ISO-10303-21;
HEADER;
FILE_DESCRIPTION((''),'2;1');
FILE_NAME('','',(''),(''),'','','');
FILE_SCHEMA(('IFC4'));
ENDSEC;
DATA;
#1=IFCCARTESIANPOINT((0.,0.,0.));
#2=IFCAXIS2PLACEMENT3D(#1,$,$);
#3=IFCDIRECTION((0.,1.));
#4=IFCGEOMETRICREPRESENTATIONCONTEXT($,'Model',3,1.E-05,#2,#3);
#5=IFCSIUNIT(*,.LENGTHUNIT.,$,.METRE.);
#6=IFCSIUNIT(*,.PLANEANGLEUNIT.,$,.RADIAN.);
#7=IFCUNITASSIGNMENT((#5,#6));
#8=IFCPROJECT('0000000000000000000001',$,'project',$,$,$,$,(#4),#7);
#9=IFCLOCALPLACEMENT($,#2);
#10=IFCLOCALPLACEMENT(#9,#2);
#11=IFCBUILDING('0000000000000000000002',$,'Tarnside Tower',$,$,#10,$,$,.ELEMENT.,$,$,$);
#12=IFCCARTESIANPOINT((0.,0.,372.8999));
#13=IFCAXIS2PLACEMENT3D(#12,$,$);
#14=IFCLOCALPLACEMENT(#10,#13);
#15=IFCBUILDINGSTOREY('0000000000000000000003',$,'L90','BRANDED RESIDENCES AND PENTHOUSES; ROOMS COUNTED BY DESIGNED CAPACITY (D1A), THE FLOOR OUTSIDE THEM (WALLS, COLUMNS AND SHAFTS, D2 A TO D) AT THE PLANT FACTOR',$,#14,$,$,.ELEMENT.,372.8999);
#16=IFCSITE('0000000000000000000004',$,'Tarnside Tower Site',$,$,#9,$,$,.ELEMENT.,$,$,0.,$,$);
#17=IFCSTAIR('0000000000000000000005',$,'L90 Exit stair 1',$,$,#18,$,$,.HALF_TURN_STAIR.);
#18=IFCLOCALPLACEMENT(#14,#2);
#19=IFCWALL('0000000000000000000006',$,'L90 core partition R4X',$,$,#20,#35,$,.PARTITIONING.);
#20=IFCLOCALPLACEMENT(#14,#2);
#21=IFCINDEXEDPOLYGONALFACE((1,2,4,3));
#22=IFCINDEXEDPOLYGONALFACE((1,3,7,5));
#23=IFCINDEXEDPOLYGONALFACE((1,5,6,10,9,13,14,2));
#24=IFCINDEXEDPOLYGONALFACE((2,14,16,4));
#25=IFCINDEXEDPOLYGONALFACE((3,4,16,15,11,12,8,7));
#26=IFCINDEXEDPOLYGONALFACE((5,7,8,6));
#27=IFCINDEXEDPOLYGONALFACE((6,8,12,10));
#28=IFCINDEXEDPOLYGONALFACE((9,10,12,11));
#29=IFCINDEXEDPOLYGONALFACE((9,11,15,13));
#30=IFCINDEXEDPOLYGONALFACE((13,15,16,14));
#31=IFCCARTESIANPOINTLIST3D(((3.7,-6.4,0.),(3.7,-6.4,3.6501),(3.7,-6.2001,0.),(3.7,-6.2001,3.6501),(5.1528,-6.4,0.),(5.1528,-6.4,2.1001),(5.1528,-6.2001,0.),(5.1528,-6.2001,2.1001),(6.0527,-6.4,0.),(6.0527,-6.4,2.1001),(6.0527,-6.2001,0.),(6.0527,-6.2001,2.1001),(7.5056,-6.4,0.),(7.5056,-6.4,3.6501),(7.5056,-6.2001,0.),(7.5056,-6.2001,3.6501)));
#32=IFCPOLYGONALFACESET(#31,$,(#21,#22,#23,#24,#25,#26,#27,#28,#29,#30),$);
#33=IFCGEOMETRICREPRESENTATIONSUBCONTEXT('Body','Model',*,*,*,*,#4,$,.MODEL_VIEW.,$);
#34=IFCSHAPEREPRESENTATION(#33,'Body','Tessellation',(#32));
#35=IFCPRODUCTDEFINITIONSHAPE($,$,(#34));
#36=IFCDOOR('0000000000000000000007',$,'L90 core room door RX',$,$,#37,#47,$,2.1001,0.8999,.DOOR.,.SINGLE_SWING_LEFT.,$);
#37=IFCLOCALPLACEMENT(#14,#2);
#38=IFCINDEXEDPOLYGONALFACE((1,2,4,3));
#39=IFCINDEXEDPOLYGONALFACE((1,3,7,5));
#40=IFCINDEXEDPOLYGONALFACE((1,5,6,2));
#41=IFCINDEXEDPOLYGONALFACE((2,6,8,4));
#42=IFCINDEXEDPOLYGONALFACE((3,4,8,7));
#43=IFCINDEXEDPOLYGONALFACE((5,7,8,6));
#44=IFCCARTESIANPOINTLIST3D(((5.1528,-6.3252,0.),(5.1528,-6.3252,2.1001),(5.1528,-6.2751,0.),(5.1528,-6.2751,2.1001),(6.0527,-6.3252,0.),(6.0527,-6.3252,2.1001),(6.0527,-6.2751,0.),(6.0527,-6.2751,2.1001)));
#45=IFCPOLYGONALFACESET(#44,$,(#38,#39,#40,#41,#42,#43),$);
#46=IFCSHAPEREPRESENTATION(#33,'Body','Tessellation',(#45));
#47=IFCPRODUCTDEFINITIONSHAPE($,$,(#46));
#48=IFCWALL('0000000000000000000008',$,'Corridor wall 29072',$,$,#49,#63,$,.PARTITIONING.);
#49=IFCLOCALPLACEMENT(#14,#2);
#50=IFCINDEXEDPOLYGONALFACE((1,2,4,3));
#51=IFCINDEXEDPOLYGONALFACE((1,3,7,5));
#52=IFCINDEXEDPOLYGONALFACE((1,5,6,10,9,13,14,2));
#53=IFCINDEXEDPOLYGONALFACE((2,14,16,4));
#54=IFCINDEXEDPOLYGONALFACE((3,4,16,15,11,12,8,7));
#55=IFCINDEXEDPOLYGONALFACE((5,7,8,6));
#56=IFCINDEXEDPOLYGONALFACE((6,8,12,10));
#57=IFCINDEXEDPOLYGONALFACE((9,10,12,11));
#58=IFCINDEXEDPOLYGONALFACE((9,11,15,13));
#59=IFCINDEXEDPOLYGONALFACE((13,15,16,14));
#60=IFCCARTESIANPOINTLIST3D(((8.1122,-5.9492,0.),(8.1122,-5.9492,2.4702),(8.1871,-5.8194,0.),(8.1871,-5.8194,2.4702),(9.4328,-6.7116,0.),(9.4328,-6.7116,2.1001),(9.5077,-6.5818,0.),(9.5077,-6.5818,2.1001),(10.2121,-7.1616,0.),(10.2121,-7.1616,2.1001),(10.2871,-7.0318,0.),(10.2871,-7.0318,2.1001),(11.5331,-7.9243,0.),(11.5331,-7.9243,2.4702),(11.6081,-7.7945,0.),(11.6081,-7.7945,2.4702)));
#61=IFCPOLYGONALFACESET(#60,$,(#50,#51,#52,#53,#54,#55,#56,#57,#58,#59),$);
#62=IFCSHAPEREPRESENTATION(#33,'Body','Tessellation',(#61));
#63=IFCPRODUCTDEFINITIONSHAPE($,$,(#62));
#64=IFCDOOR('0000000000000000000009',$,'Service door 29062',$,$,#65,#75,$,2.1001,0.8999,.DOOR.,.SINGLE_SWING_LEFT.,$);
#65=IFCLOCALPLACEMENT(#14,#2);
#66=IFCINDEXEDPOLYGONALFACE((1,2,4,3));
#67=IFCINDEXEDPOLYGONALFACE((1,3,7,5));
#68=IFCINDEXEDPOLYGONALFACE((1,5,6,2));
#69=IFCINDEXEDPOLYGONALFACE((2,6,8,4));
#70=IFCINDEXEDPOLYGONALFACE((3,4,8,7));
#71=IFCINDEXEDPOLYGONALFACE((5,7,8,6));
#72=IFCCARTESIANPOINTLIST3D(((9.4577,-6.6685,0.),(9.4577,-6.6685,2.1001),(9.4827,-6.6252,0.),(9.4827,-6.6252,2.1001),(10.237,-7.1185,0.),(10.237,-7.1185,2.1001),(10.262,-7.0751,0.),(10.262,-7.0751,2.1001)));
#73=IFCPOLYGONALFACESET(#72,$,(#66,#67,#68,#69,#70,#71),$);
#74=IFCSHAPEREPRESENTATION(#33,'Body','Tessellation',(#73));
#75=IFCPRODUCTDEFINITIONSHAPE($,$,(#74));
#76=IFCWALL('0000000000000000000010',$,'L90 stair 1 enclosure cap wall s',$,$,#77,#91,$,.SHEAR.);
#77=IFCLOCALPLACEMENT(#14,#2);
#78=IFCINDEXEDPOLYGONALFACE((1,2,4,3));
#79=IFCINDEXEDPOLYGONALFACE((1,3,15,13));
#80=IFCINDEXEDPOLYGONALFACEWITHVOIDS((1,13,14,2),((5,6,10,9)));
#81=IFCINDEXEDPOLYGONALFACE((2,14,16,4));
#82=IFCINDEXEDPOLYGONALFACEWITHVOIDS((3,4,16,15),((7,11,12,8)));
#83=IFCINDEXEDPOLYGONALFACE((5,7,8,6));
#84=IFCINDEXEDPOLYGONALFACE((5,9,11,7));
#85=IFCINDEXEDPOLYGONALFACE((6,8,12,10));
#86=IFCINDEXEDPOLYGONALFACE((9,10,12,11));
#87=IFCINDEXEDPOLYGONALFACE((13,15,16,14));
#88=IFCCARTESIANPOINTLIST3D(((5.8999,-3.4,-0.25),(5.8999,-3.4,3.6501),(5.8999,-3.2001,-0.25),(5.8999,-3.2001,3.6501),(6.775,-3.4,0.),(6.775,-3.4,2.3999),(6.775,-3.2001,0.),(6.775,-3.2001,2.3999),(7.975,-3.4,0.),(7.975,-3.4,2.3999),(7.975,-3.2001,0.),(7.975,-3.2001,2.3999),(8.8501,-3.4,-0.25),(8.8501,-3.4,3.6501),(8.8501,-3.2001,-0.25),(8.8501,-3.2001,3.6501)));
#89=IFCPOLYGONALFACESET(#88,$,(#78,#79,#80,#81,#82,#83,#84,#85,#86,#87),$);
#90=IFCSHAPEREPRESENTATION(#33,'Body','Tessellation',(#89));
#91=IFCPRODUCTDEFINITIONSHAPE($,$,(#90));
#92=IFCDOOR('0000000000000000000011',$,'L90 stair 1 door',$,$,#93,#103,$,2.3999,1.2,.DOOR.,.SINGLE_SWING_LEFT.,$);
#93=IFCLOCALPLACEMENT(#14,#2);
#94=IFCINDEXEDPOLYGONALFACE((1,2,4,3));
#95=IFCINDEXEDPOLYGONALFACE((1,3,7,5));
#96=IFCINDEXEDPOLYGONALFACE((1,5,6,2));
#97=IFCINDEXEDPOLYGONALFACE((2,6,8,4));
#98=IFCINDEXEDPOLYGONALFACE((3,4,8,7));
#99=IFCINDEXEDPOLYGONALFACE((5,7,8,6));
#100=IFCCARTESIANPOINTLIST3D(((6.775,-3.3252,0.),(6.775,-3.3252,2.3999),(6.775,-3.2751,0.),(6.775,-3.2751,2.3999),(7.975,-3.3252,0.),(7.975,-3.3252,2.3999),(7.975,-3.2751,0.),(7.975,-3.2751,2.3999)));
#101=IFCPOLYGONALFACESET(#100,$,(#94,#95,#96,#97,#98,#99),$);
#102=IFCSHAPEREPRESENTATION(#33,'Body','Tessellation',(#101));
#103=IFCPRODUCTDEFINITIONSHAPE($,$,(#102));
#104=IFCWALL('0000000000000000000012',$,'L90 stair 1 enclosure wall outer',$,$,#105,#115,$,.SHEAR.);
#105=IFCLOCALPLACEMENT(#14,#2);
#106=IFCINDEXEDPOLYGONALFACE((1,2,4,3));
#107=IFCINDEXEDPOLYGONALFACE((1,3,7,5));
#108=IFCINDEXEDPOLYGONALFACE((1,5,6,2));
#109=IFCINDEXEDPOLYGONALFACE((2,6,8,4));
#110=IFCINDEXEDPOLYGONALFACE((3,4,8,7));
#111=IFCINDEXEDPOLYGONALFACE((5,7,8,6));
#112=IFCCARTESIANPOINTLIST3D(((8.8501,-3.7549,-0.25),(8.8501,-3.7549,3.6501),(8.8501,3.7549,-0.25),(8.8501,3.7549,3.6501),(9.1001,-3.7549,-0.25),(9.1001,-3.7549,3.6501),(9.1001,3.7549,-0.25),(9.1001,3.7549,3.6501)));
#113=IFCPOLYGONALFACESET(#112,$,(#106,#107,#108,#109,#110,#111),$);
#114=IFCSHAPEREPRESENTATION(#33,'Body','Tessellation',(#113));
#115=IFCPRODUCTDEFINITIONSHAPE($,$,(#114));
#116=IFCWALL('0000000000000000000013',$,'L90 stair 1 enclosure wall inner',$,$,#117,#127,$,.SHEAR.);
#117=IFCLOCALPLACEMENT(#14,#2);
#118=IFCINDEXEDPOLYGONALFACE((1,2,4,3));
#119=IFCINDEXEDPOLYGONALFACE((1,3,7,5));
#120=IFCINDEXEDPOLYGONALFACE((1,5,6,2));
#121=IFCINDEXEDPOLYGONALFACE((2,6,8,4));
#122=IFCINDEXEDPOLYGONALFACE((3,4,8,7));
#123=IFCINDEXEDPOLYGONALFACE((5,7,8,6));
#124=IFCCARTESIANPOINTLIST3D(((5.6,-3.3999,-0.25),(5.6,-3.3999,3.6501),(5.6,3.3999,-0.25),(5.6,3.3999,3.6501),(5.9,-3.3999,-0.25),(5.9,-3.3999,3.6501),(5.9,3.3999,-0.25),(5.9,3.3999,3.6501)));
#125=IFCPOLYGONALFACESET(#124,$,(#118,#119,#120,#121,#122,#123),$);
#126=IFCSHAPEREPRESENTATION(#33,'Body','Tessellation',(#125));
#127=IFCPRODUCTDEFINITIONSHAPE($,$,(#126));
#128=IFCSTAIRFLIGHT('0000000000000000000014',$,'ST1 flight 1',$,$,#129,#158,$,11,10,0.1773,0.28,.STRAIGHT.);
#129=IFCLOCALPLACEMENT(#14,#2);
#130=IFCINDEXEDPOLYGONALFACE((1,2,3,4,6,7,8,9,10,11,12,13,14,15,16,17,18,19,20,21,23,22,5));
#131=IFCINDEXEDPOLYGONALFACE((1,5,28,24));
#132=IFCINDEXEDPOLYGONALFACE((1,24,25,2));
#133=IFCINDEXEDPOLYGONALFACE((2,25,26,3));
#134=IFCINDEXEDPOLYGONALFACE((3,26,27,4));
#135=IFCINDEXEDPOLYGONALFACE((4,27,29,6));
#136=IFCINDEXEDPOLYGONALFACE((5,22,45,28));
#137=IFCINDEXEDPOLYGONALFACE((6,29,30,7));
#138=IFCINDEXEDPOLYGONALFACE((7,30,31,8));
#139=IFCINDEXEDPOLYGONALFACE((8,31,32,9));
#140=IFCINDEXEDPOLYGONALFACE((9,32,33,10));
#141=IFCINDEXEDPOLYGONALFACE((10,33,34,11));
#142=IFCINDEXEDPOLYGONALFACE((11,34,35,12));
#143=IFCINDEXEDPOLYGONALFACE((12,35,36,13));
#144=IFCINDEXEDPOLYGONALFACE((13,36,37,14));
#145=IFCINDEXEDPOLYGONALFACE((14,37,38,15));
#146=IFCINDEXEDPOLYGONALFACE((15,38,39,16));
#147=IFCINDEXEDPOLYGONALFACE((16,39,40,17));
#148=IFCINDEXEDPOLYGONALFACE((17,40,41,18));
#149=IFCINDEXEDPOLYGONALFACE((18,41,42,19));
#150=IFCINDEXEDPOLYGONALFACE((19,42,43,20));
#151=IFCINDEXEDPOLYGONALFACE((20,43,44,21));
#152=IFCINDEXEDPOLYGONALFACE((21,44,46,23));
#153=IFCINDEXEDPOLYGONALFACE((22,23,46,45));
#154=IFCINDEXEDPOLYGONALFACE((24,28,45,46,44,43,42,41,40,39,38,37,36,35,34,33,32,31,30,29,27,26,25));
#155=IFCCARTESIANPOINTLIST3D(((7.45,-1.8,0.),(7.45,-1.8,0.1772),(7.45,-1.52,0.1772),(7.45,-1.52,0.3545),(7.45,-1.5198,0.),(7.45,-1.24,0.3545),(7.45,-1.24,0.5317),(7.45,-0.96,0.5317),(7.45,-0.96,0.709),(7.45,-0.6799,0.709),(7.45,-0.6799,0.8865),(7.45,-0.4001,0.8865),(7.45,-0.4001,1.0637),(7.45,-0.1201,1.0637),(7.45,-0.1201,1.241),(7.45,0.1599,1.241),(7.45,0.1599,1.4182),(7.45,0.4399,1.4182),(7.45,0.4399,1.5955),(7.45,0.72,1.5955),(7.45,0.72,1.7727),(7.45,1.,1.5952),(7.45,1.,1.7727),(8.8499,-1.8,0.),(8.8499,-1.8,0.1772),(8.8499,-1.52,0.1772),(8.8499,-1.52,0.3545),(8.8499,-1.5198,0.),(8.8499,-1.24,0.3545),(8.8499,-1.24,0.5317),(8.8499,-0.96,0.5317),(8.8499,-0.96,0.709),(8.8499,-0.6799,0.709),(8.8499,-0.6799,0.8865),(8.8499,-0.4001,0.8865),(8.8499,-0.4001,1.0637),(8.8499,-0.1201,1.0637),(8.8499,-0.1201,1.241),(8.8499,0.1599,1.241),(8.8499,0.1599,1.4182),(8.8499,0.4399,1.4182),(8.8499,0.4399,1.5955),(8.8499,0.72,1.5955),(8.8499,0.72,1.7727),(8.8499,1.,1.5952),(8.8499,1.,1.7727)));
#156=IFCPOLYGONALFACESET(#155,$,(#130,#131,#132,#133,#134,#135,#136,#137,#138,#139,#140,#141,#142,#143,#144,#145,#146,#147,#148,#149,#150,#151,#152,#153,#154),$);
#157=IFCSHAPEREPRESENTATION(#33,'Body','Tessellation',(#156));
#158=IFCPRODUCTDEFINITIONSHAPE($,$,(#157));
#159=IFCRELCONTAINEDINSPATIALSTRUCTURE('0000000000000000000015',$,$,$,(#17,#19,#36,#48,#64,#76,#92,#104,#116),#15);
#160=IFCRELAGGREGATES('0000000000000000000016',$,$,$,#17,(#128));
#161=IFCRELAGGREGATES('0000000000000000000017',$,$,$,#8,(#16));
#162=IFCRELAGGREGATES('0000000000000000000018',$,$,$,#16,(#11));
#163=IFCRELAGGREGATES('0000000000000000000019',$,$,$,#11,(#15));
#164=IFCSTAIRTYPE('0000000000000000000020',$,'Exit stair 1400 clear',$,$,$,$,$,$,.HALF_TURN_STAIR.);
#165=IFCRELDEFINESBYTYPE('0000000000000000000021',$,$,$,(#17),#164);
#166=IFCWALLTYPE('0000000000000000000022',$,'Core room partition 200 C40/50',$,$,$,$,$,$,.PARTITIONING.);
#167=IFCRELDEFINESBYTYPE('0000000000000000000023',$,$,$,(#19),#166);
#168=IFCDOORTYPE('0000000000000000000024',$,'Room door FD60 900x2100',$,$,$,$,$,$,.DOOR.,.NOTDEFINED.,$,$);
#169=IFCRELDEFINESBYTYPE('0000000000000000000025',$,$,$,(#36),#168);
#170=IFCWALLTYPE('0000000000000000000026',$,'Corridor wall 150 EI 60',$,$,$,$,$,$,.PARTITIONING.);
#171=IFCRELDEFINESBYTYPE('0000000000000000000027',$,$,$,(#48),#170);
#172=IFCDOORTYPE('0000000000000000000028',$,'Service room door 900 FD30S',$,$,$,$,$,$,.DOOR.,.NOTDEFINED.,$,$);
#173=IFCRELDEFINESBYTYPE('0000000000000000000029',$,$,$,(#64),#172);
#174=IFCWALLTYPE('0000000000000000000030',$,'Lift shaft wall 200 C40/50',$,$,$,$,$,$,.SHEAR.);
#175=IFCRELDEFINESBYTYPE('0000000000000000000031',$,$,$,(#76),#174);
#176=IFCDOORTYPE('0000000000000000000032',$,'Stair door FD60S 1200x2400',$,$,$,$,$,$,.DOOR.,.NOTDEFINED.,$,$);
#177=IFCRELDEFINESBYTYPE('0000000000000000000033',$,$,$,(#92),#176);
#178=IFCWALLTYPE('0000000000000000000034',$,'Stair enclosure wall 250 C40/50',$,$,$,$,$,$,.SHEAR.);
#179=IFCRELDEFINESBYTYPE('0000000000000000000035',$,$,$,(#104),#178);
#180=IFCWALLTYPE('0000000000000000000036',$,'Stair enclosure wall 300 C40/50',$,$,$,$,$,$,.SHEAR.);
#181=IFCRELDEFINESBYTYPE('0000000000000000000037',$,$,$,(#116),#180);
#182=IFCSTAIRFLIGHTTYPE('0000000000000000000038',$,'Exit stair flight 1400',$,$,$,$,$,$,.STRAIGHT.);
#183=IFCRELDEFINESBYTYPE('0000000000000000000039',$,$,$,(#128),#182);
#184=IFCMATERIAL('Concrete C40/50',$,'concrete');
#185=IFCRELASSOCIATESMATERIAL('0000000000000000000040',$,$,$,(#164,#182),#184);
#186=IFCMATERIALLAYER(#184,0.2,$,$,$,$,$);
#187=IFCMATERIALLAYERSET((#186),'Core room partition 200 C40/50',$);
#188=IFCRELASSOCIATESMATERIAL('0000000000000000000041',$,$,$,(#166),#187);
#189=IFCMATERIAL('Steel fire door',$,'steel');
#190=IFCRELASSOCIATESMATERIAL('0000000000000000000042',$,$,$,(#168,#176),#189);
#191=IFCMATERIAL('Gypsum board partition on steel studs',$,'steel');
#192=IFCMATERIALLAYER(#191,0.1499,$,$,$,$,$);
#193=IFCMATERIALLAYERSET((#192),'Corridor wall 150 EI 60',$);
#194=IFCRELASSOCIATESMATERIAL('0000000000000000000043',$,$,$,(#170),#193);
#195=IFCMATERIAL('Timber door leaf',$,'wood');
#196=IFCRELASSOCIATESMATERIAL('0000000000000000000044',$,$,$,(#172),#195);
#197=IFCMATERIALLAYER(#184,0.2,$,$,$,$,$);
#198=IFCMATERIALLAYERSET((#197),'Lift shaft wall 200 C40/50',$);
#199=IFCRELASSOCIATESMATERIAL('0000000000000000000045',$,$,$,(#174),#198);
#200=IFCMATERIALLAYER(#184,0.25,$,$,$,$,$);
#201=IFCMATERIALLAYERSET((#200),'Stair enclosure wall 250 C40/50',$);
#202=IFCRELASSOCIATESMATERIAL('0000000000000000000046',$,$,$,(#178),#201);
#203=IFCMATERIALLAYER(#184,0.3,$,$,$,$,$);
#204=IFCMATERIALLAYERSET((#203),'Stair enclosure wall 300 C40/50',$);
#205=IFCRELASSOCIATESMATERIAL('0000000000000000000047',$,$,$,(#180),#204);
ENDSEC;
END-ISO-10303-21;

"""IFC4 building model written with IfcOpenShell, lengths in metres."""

from ifc_helpers import new_model, si_unit, direction, frame, frame_2d, origin, place, context, subcontext, project, spatial, polyline, rectangle, outline, extrude, material, layer, layer_set, type_object, element, fill, aggregate, save


model = new_model("IFC4")

# Units and contexts
model_context = context("Model", 3, precision=1e-05, world=origin(), true_north=direction((0.0, 1.0)))
body_context = subcontext(model_context, "Body", "Model", "MODEL_VIEW")
ifc_project = project(units=[si_unit("LENGTHUNIT", "METRE"), si_unit("PLANEANGLEUNIT", "RADIAN")], contexts=[model_context])

# Site, building, storey
site_placement = place(None, origin())
site = spatial("IfcSite", under=ifc_project, at=site_placement, Name="Tarnside Tower Site", CompositionType="ELEMENT", RefElevation=0.0)
building_placement = place(site_placement, origin())
building = spatial("IfcBuilding", under=site, at=building_placement, Name="Tarnside Tower", CompositionType="ELEMENT")
storey_placement = place(building_placement, frame((0.0, 0.0, 372.8999)))
storey = spatial("IfcBuildingStorey", under=building, at=storey_placement, Name="L90", Description="BRANDED RESIDENCES AND PENTHOUSES; ROOMS COUNTED BY DESIGNED CAPACITY (D1A), THE FLOOR OUTSIDE THEM (WALLS, COLUMNS AND SHAFTS, D2 A TO D) AT THE PLANT FACTOR", CompositionType="ELEMENT", Elevation=372.8999)

# Shared definitions
ifc_material_1 = material(Name="Concrete C40/50", Category="concrete")

# Stair
stair_type = type_object("IfcStairType", Name="Exit stair 1400 clear", PredefinedType="HALF_TURN_STAIR", material=ifc_material_1)
stair_1_placement = place(storey_placement, origin())
stair_1 = element("IfcStair", 1, at=stair_1_placement, inside=storey, type_object=stair_type, Name="L90 Exit stair 1", PredefinedType="HALF_TURN_STAIR")

# Shared definitions
ifc_layer_1 = layer(ifc_material_1, 0.2)
ifc_layer_set_1 = layer_set([ifc_layer_1], Name="Core room partition 200 C40/50")
wall_type_1 = type_object("IfcWallType", Name="Core room partition 200 C40/50", PredefinedType="PARTITIONING", material=ifc_layer_set_1)
ifc_material_2 = material(Name="Steel fire door", Category="steel")
door_type_1 = type_object("IfcDoorType", Name="Room door FD60 900x2100", OperationType="NOTDEFINED", PredefinedType="DOOR", material=ifc_material_2)

# Walls, openings, doors
wall_1_placement = place(storey_placement, frame((3.7, -6.3, 0.0), z_axis=(0.0, 0.0, 1.0), x_axis=(1.0, 0.0, 0.0)))
wall_1 = element("IfcWall", 2, at=wall_1_placement, inside=storey, type_object=wall_type_1, Name="L90 core partition R4X", PredefinedType="PARTITIONING", context=body_context, shape_type="SweptSolid", body=[
    extrude(rectangle(XDim=3.8057, YDim=0.2, at=frame_2d((1.9028, 0.0))), origin(), (0.0, 0.0, 1.0), 3.6501),
])
opening_1_placement = place(wall_1_placement, frame((1.4529, 0.0, 0.0)))
opening_1 = element("IfcOpeningElement", 3, at=opening_1_placement, cuts=wall_1, PredefinedType="OPENING", context=body_context, shape_type="SweptSolid", body=[
    extrude(rectangle(XDim=0.8999, YDim=2.1001, at=frame_2d((0.45, 1.05))), frame((0.0, 0.1099, 0.0), z_axis=(0.0, -1.0, 0.0), x_axis=(1.0, 0.0, 0.0)), (0.0, 0.0, 1.0), 0.22),
])
door_1_placement = place(opening_1_placement, origin())
door_1 = element("IfcDoor", 4, at=door_1_placement, inside=storey, type_object=door_type_1, Name="L90 core room door RX", OperationType="SINGLE_SWING_LEFT", OverallHeight=2.1001, OverallWidth=0.8999, PredefinedType="DOOR", context=body_context, shape_type="SweptSolid", body=[
    extrude(rectangle(XDim=0.8999, YDim=2.1001, at=frame_2d((0.45, 1.05))), frame((0.0, 0.0249, 0.0), z_axis=(0.0, -1.0, 0.0), x_axis=(1.0, 0.0, 0.0)), (0.0, 0.0, 1.0), 0.05),
])
fill(opening_1, door_1)
ifc_material_3 = material(Name="Gypsum board partition on steel studs", Category="steel")
ifc_layer_2 = layer(ifc_material_3, 0.1499)
ifc_layer_set_2 = layer_set([ifc_layer_2], Name="Corridor wall 150 EI 60")
wall_type_2 = type_object("IfcWallType", Name="Corridor wall 150 EI 60", PredefinedType="PARTITIONING", material=ifc_layer_set_2)
wall_2_placement = place(storey_placement, frame((8.1497, -5.8843, 0.0), z_axis=(0.0, 0.0, 1.0), x_axis=(0.866021, -0.500008, 0.0)))
wall_2 = element("IfcWall", 5, at=wall_2_placement, inside=storey, type_object=wall_type_2, Name="Corridor wall 29072", PredefinedType="PARTITIONING", context=body_context, shape_type="SweptSolid", body=[
    extrude(rectangle(XDim=3.9502, YDim=0.1499, at=frame_2d((1.9751, 0.0))), origin(), (0.0, 0.0, 1.0), 2.4702),
])
opening_2_placement = place(wall_2_placement, frame((1.5249, 0.0, 0.0)))
opening_2 = element("IfcOpeningElement", 6, at=opening_2_placement, cuts=wall_2, PredefinedType="OPENING", context=body_context, shape_type="SweptSolid", body=[
    extrude(rectangle(XDim=0.8999, YDim=2.1001, at=frame_2d((0.45, 1.05))), frame((0.0, 0.085, 0.0), z_axis=(0.0, -1.0, 0.0), x_axis=(1.0, 0.0, 0.0)), (0.0, 0.0, 1.0), 0.1699),
])
ifc_material_4 = material(Name="Timber door leaf", Category="wood")
door_type_2 = type_object("IfcDoorType", Name="Service room door 900 FD30S", OperationType="NOTDEFINED", PredefinedType="DOOR", material=ifc_material_4)
door_2_placement = place(opening_2_placement, origin())
door_2 = element("IfcDoor", 7, at=door_2_placement, inside=storey, type_object=door_type_2, Name="Service door 29062", OperationType="SINGLE_SWING_LEFT", OverallHeight=2.1001, OverallWidth=0.8999, PredefinedType="DOOR", context=body_context, shape_type="SweptSolid", body=[
    extrude(rectangle(XDim=0.8999, YDim=2.1001, at=frame_2d((0.45, 1.05))), frame((0.0, 0.0249, 0.0), z_axis=(0.0, -1.0, 0.0), x_axis=(1.0, 0.0, 0.0)), (0.0, 0.0, 1.0), 0.05),
])
fill(opening_2, door_2)
ifc_layer_3 = layer(ifc_material_1, 0.2)
ifc_layer_set_3 = layer_set([ifc_layer_3], Name="Lift shaft wall 200 C40/50")
wall_type_3 = type_object("IfcWallType", Name="Lift shaft wall 200 C40/50", PredefinedType="SHEAR", material=ifc_layer_set_3)
wall_3_placement = place(storey_placement, frame((5.8999, -3.3, -0.25), z_axis=(0.0, 0.0, 1.0), x_axis=(1.0, 0.0, 0.0)))
wall_3 = element("IfcWall", 8, at=wall_3_placement, inside=storey, type_object=wall_type_3, Name="L90 stair 1 enclosure cap wall s", PredefinedType="SHEAR", context=body_context, shape_type="SweptSolid", body=[
    extrude(rectangle(XDim=2.9502, YDim=0.2, at=frame_2d((1.4751, 0.0))), origin(), (0.0, 0.0, 1.0), 3.9001),
])
opening_3_placement = place(wall_3_placement, frame((0.875, 0.0, 0.25)))
opening_3 = element("IfcOpeningElement", 9, at=opening_3_placement, cuts=wall_3, PredefinedType="OPENING", context=body_context, shape_type="SweptSolid", body=[
    extrude(rectangle(XDim=1.2, YDim=2.3999, at=frame_2d((0.6001, 1.2))), frame((0.0, 0.1099, 0.0), z_axis=(0.0, -1.0, 0.0), x_axis=(1.0, 0.0, 0.0)), (0.0, 0.0, 1.0), 0.22),
])
door_type_3 = type_object("IfcDoorType", Name="Stair door FD60S 1200x2400", OperationType="NOTDEFINED", PredefinedType="DOOR", material=ifc_material_2)
door_3_placement = place(opening_3_placement, origin())
door_3 = element("IfcDoor", 10, at=door_3_placement, inside=storey, type_object=door_type_3, Name="L90 stair 1 door", OperationType="SINGLE_SWING_LEFT", OverallHeight=2.3999, OverallWidth=1.2, PredefinedType="DOOR", context=body_context, shape_type="SweptSolid", body=[
    extrude(rectangle(XDim=1.2, YDim=2.3999, at=frame_2d((0.6001, 1.2))), frame((0.0, 0.0249, 0.0), z_axis=(0.0, -1.0, 0.0), x_axis=(1.0, 0.0, 0.0)), (0.0, 0.0, 1.0), 0.05),
])
fill(opening_3, door_3)

# Walls
ifc_layer_4 = layer(ifc_material_1, 0.25)
ifc_layer_set_4 = layer_set([ifc_layer_4], Name="Stair enclosure wall 250 C40/50")
wall_type_4 = type_object("IfcWallType", Name="Stair enclosure wall 250 C40/50", PredefinedType="SHEAR", material=ifc_layer_set_4)
wall_4_placement = place(storey_placement, frame((8.9751, -3.7549, -0.25), z_axis=(0.0, 0.0, 1.0), x_axis=(0.0, 1.0, 0.0)))
element("IfcWall", 11, at=wall_4_placement, inside=storey, type_object=wall_type_4, Name="L90 stair 1 enclosure wall outer", PredefinedType="SHEAR", context=body_context, shape_type="SweptSolid", body=[
    extrude(rectangle(XDim=7.5098, YDim=0.25, at=frame_2d((3.7549, 0.0))), origin(), (0.0, 0.0, 1.0), 3.9001),
])
ifc_layer_5 = layer(ifc_material_1, 0.3)
ifc_layer_set_5 = layer_set([ifc_layer_5], Name="Stair enclosure wall 300 C40/50")
wall_type_5 = type_object("IfcWallType", Name="Stair enclosure wall 300 C40/50", PredefinedType="SHEAR", material=ifc_layer_set_5)
wall_5_placement = place(storey_placement, frame((5.75, -3.3999, -0.25), z_axis=(0.0, 0.0, 1.0), x_axis=(0.0, 1.0, 0.0)))
element("IfcWall", 12, at=wall_5_placement, inside=storey, type_object=wall_type_5, Name="L90 stair 1 enclosure wall inner", PredefinedType="SHEAR", context=body_context, shape_type="SweptSolid", body=[
    extrude(rectangle(XDim=6.7998, YDim=0.3, at=frame_2d((3.3999, 0.0))), origin(), (0.0, 0.0, 1.0), 3.9001),
])

# Stair flight
stair_flight_type = type_object("IfcStairFlightType", Name="Exit stair flight 1400", PredefinedType="STRAIGHT", material=ifc_material_1)
stair_flight_placement = place(storey_placement, frame((8.1499, -1.8, 0.0), z_axis=(0.0, 0.0, 1.0), x_axis=(0.0, 1.0, 0.0)))
stair_flight = element("IfcStairFlight", 13, at=stair_flight_placement, type_object=stair_flight_type, Name="ST1 flight 1", NumberOfRisers=11, NumberOfTreads=10, PredefinedType="STRAIGHT", RiserHeight=0.1773, TreadLength=0.28, context=body_context, shape_type="SweptSolid", body=[
    extrude(outline(polyline([(0.0, 0.0), (0.0, 0.1772), (0.28, 0.1772), (0.28, 0.3545), (0.5601, 0.3545), (0.5601, 0.5317), (0.8401, 0.5317), (0.8401, 0.709), (1.1201, 0.709), (1.1201, 0.8865), (1.3999, 0.8865), (1.3999, 1.0637), (1.6799, 1.0637), (1.6799, 1.241), (1.96, 1.241), (1.96, 1.4182), (2.24, 1.4182), (2.24, 1.5955), (2.52, 1.5955), (2.52, 1.7727), (2.8, 1.7727), (2.8, 1.95), (2.8, 1.5952), (0.2803, 0.0), (0.0, 0.0)])), frame((0.0, 0.7, 0.0), z_axis=(0.0, -1.0, 0.0), x_axis=(1.0, 0.0, 0.0)), (0.0, 0.0, 1.0), 1.3999),
])
aggregate(stair_1, [stair_flight])

save(model, "model.ifc")
